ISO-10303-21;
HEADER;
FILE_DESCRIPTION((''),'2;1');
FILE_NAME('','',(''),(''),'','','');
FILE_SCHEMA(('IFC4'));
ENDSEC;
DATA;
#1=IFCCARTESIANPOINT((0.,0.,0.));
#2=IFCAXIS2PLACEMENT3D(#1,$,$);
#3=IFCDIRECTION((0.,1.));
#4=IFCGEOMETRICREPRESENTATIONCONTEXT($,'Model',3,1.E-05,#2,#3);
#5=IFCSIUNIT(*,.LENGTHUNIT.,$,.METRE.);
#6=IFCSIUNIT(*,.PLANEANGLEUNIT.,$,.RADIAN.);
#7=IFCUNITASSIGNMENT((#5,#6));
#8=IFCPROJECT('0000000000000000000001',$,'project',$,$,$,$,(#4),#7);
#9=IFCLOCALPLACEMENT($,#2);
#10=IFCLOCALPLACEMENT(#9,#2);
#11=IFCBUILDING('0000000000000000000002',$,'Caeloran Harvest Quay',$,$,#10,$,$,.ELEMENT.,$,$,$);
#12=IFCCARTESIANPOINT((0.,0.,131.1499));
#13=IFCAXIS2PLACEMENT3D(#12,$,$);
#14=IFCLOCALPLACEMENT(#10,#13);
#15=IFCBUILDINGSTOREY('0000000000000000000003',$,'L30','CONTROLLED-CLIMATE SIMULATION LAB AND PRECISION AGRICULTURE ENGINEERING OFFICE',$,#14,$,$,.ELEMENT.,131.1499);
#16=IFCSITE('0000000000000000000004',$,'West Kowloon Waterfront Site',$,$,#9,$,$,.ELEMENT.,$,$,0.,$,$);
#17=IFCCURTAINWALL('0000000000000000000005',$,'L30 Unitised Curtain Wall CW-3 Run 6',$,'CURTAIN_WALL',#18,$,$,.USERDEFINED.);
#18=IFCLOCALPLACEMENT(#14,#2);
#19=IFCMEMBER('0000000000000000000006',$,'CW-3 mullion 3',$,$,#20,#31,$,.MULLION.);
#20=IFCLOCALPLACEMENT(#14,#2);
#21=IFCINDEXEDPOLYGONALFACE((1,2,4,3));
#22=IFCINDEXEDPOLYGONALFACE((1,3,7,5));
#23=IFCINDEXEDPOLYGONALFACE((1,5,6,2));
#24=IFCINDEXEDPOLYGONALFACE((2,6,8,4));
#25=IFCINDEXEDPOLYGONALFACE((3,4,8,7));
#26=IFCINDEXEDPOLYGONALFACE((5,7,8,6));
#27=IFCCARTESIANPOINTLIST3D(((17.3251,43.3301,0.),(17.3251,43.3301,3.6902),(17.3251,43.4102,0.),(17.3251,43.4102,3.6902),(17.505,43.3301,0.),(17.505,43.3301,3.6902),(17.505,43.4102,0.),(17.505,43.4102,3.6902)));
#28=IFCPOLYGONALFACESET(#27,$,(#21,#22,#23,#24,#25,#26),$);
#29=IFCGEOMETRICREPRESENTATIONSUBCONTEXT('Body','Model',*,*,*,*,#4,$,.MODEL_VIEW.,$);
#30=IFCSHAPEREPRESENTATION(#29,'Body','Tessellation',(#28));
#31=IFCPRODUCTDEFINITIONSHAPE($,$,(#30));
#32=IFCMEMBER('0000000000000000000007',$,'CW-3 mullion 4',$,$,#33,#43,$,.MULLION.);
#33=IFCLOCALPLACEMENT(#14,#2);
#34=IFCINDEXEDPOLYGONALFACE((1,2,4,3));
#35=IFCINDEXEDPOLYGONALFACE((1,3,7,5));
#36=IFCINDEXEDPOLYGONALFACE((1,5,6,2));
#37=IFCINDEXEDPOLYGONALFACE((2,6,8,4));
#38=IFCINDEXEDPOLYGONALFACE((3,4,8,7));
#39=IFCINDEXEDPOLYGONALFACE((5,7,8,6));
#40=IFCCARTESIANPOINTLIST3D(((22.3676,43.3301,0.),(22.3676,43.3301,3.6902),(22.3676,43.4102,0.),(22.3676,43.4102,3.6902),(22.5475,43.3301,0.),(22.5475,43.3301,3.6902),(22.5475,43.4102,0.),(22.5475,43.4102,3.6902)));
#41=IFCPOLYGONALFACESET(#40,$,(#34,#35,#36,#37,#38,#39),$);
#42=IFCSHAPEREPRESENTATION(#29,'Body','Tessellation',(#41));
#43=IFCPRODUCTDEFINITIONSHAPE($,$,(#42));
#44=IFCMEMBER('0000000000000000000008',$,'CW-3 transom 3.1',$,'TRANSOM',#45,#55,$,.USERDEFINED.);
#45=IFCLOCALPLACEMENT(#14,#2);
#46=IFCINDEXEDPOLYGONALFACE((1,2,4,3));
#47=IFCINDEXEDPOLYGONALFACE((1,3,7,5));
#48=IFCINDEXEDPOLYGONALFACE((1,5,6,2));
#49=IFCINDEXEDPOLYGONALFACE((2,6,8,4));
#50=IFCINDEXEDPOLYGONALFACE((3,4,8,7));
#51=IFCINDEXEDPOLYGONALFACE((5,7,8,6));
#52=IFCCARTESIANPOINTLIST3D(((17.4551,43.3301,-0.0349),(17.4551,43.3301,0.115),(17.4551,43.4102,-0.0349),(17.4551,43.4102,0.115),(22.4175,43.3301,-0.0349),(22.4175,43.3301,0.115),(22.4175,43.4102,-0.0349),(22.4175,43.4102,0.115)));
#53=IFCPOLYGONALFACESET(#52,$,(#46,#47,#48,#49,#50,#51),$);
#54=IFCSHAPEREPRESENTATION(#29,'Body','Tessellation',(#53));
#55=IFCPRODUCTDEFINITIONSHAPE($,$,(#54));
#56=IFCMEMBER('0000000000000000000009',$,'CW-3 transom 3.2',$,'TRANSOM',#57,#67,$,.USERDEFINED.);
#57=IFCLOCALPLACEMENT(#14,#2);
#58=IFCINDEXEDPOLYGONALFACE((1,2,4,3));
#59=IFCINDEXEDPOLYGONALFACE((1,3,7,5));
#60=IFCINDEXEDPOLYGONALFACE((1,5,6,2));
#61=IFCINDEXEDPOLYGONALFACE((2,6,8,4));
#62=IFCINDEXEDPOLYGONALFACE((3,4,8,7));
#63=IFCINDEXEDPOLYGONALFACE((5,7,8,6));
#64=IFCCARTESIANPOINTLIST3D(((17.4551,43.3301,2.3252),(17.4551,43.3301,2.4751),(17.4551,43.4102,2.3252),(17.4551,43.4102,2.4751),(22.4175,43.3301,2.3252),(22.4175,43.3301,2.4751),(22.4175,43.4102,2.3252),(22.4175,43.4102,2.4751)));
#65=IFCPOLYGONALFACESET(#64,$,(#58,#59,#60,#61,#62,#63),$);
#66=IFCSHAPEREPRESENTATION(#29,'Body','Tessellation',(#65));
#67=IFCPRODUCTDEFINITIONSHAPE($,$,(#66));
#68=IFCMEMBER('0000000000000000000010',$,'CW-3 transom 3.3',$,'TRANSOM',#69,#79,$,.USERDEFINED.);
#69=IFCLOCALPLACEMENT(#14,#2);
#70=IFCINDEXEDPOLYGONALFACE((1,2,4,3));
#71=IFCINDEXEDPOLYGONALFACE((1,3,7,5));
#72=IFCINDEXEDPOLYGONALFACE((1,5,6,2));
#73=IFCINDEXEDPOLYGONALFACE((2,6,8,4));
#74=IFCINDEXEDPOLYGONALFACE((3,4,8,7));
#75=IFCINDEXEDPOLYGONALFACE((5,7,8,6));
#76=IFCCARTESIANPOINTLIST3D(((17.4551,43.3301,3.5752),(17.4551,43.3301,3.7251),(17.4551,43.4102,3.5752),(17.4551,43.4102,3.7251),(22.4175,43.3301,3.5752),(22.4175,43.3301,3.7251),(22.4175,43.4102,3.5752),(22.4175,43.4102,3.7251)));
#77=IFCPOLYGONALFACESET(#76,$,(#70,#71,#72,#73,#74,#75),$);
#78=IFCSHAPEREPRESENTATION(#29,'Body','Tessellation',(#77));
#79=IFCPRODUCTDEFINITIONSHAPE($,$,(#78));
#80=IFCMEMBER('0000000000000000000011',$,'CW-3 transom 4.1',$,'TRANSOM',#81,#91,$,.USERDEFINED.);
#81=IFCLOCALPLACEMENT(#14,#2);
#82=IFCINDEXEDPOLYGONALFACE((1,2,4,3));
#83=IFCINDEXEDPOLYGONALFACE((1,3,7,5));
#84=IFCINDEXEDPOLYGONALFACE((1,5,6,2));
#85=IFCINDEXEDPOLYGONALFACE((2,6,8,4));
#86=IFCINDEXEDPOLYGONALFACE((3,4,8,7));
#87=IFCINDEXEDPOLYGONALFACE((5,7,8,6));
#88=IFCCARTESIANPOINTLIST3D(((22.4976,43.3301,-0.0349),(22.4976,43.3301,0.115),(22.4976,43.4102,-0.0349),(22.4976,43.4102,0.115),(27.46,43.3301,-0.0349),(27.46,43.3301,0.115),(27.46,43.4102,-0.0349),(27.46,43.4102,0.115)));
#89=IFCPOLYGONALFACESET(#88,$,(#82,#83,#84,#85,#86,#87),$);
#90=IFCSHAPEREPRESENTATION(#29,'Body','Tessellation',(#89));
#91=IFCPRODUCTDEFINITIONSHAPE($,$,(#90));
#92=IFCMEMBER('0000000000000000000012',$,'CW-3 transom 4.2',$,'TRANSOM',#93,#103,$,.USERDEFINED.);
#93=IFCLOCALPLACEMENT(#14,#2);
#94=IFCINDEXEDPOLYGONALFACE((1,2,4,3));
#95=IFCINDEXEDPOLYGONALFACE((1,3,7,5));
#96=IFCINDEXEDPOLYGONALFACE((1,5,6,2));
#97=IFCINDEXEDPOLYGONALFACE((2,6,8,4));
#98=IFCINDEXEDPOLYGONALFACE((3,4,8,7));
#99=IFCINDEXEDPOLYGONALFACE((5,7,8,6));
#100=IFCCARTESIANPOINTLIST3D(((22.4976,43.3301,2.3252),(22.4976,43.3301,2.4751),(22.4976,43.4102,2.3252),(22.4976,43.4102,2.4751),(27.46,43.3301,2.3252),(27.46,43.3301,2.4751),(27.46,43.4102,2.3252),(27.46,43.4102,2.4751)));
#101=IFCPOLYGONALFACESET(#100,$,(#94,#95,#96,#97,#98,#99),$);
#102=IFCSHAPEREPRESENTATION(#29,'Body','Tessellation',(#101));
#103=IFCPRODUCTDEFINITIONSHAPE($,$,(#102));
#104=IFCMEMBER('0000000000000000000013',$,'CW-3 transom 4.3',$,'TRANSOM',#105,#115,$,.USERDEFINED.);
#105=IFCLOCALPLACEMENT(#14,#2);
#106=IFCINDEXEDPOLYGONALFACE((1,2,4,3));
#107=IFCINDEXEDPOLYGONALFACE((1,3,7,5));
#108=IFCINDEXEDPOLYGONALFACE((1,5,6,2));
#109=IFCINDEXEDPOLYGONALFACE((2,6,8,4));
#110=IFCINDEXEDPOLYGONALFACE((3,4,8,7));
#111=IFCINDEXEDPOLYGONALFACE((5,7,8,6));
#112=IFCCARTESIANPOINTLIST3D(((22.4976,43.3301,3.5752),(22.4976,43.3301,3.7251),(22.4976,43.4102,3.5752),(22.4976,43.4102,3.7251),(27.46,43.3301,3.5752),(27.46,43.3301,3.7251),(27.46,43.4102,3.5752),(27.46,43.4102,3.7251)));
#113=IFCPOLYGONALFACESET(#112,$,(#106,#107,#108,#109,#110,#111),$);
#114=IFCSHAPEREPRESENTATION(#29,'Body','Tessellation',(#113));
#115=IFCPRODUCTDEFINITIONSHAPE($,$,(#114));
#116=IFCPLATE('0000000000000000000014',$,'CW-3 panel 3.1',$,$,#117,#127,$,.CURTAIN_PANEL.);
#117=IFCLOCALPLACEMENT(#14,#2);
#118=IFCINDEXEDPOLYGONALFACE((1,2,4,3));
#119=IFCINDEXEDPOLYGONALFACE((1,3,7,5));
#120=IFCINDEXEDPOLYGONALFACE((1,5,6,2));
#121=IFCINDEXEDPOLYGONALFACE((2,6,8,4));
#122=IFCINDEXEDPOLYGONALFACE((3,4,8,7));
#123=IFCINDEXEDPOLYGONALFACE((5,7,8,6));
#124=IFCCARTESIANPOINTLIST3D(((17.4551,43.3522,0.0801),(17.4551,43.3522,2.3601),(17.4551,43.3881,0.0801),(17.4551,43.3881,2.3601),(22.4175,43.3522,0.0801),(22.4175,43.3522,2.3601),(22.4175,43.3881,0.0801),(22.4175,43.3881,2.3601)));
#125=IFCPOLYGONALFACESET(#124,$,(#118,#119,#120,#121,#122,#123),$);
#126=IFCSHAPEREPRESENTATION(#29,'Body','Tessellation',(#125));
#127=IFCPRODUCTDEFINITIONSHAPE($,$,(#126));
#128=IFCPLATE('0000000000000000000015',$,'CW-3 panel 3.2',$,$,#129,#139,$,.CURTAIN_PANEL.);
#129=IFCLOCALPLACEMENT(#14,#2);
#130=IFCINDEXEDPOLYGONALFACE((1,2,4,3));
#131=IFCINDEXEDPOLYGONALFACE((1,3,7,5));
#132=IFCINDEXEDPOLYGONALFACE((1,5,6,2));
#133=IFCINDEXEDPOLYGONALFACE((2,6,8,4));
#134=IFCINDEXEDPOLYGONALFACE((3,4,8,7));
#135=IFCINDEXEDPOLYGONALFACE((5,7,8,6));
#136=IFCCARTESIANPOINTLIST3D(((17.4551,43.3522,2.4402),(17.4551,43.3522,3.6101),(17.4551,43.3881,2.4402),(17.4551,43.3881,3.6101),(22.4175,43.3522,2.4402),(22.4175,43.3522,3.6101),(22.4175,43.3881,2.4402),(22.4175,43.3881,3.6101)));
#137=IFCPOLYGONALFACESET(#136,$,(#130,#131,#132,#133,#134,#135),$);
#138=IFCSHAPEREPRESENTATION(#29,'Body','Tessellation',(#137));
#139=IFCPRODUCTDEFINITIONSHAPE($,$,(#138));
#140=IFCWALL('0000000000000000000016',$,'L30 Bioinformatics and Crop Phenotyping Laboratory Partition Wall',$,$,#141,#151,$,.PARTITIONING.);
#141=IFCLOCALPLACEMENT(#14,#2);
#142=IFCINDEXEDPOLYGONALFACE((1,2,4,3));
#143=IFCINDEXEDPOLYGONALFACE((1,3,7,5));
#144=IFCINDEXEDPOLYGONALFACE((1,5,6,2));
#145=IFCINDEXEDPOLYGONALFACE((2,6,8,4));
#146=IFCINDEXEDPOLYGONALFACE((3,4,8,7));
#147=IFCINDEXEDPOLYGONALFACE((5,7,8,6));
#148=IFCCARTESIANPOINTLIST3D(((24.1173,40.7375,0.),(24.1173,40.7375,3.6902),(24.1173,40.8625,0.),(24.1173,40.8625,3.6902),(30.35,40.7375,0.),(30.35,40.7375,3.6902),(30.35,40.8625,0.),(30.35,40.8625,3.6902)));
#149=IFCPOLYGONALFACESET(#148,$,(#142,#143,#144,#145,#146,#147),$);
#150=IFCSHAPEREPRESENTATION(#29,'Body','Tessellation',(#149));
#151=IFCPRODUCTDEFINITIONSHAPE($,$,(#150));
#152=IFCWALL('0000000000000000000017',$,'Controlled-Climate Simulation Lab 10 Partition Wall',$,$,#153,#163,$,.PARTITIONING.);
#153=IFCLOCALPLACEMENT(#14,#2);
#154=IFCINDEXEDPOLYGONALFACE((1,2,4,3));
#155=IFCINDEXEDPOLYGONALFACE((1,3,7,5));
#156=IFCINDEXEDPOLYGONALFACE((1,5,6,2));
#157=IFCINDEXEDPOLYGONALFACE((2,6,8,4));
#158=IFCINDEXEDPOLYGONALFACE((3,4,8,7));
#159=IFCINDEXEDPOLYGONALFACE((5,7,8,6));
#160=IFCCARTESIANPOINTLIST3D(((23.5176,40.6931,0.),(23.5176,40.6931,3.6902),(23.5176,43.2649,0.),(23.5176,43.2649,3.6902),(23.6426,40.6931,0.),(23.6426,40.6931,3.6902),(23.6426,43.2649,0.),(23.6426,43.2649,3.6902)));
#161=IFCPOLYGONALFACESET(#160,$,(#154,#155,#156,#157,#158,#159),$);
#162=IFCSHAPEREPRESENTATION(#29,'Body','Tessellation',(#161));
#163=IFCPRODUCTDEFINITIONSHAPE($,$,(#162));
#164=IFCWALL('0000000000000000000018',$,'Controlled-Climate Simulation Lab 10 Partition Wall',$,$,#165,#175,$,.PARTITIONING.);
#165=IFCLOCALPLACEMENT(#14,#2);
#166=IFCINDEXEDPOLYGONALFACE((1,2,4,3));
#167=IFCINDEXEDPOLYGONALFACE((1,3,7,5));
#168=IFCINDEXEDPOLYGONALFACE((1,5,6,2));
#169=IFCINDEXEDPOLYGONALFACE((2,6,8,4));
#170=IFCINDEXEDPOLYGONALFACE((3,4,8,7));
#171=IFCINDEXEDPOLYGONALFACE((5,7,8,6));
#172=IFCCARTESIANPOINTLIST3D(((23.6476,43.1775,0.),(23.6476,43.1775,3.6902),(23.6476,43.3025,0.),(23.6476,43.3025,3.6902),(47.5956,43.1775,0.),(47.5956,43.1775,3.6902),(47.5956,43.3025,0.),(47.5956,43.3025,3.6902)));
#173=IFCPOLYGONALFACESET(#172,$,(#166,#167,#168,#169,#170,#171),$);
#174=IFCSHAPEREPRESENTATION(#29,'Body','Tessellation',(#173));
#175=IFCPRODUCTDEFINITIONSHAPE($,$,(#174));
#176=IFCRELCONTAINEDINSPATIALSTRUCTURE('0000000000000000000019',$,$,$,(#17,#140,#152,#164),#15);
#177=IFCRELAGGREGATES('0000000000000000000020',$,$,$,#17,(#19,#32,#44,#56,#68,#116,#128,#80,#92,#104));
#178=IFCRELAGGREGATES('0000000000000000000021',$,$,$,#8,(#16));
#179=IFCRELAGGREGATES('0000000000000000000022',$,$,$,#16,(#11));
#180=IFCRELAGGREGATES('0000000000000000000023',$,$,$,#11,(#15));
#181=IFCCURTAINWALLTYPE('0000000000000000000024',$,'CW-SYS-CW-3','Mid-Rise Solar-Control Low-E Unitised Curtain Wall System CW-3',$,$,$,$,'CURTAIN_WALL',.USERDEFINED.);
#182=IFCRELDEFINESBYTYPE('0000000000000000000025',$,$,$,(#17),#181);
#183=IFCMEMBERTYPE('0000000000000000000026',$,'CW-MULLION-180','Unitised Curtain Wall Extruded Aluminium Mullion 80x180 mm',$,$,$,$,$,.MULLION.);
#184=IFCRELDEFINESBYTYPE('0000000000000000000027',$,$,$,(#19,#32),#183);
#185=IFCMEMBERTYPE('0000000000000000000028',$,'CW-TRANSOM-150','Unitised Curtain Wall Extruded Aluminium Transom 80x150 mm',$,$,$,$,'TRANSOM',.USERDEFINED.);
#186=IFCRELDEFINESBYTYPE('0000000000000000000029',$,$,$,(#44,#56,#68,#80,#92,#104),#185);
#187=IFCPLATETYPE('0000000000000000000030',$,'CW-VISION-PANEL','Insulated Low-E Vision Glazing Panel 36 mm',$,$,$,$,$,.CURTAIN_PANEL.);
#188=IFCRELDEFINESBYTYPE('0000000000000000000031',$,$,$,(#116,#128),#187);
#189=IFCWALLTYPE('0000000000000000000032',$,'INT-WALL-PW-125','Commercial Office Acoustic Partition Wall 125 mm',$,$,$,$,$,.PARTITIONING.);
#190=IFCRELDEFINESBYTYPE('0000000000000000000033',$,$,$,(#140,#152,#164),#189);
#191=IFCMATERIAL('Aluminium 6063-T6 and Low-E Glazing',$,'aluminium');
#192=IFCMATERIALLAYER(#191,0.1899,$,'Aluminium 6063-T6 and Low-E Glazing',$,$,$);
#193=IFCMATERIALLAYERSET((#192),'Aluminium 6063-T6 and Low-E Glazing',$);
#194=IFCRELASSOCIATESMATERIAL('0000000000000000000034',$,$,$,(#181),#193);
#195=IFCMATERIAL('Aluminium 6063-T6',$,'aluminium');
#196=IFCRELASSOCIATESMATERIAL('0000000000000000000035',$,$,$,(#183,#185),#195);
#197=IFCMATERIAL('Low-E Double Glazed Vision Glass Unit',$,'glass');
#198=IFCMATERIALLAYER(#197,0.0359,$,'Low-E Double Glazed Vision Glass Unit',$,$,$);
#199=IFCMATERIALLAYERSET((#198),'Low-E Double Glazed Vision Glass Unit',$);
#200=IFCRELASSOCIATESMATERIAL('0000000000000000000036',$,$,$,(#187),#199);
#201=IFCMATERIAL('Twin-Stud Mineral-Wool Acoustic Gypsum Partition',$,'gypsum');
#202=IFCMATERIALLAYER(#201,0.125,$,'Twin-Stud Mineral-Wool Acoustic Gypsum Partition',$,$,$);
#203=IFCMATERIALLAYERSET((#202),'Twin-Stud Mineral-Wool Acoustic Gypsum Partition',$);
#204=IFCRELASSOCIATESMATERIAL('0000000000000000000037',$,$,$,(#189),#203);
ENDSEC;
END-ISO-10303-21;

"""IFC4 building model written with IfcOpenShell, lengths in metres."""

from ifc_helpers import new_model, si_unit, direction, frame, frame_2d, origin, origin_2d, place, context, subcontext, project, spatial, rectangle, extrude, material, layer, layer_set, material_profile, profile_set, type_object, element, aggregate, save


model = new_model("IFC4")

# Units and contexts
model_context = context("Model", 3, precision=1e-05, world=origin(), true_north=direction((0.0, 1.0)))
body_context = subcontext(model_context, "Body", "Model", "MODEL_VIEW")
ifc_project = project(units=[si_unit("LENGTHUNIT", "METRE"), si_unit("PLANEANGLEUNIT", "RADIAN")], contexts=[model_context])

# Site, building, storey
site_placement = place(None, origin())
site = spatial("IfcSite", under=ifc_project, at=site_placement, Name="West Kowloon Waterfront Site", CompositionType="ELEMENT", RefElevation=0.0)
building_placement = place(site_placement, origin())
building = spatial("IfcBuilding", under=site, at=building_placement, Name="Caeloran Harvest Quay", CompositionType="ELEMENT")
storey_placement = place(building_placement, frame((0.0, 0.0, 131.1499)))
storey = spatial("IfcBuildingStorey", under=building, at=storey_placement, Name="L30", Description="CONTROLLED-CLIMATE SIMULATION LAB AND PRECISION AGRICULTURE ENGINEERING OFFICE", CompositionType="ELEMENT", Elevation=131.1499)

# Curtain wall, members, plates
ifc_material_1 = material(Name="Aluminium 6063-T6 and Low-E Glazing", Category="aluminium")
ifc_layer_1 = layer(ifc_material_1, 0.1899, Name="Aluminium 6063-T6 and Low-E Glazing")
ifc_layer_set_1 = layer_set([ifc_layer_1], Name="Aluminium 6063-T6 and Low-E Glazing")
curtain_wall_type = type_object("IfcCurtainWallType", Name="CW-SYS-CW-3", Description="Mid-Rise Solar-Control Low-E Unitised Curtain Wall System CW-3", ElementType="CURTAIN_WALL", PredefinedType="USERDEFINED", material=ifc_layer_set_1)
curtain_wall_placement = place(storey_placement, origin())
curtain_wall = element("IfcCurtainWall", 1, at=curtain_wall_placement, inside=storey, type_object=curtain_wall_type, Name="L30 Unitised Curtain Wall CW-3 Run 6", ObjectType="CURTAIN_WALL", PredefinedType="USERDEFINED")
ifc_material_2 = material(Name="Aluminium 6063-T6", Category="aluminium")
ifc_material_profile_1 = material_profile(ifc_material_2, rectangle(XDim=0.0801, YDim=0.1799, at=origin_2d()), Name="CW-MULLION-180")
ifc_profile_set_1 = profile_set([ifc_material_profile_1], Name="Aluminium 6063-T6")
member_type_1 = type_object("IfcMemberType", Name="CW-MULLION-180", Description="Unitised Curtain Wall Extruded Aluminium Mullion 80x180 mm", PredefinedType="MULLION", material=ifc_profile_set_1)
member_1_placement = place(storey_placement, frame((17.415, 43.3701, 0.0), z_axis=(0.0, 0.0, 1.0), x_axis=(0.0, 1.0, 0.0)))
member_1 = element("IfcMember", 2, at=member_1_placement, type_object=member_type_1, Name="CW-3 mullion 3", PredefinedType="MULLION", context=body_context, shape_type="SweptSolid", body=[
    extrude(rectangle(XDim=0.0801, YDim=0.1799, at=origin_2d()), origin(), (0.0, 0.0, 1.0), 3.6902),
])
member_2_placement = place(storey_placement, frame((22.4575, 43.3701, 0.0), z_axis=(0.0, 0.0, 1.0), x_axis=(0.0, 1.0, 0.0)))
member_2 = element("IfcMember", 3, at=member_2_placement, type_object=member_type_1, Name="CW-3 mullion 4", PredefinedType="MULLION", context=body_context, shape_type="SweptSolid", body=[
    extrude(rectangle(XDim=0.0801, YDim=0.1799, at=origin_2d()), origin(), (0.0, 0.0, 1.0), 3.6902),
])
ifc_material_profile_2 = material_profile(ifc_material_2, rectangle(XDim=0.0801, YDim=0.1499, at=origin_2d()), Name="CW-TRANSOM-150")
ifc_profile_set_2 = profile_set([ifc_material_profile_2], Name="Aluminium 6063-T6")
member_type_2 = type_object("IfcMemberType", Name="CW-TRANSOM-150", Description="Unitised Curtain Wall Extruded Aluminium Transom 80x150 mm", ElementType="TRANSOM", PredefinedType="USERDEFINED", material=ifc_profile_set_2)
member_3_placement = place(storey_placement, frame((17.4551, 43.3701, 0.04), z_axis=(1.0, 0.0, 0.0), x_axis=(0.0, 1.0, 0.0)))
member_3 = element("IfcMember", 4, at=member_3_placement, type_object=member_type_2, Name="CW-3 transom 3.1", ObjectType="TRANSOM", PredefinedType="USERDEFINED", context=body_context, shape_type="SweptSolid", body=[
    extrude(rectangle(XDim=0.0801, YDim=0.1499, at=origin_2d()), origin(), (0.0, 0.0, 1.0), 4.9624),
])
member_4_placement = place(storey_placement, frame((17.4551, 43.3701, 2.4001), z_axis=(1.0, 0.0, 0.0), x_axis=(0.0, 1.0, 0.0)))
member_4 = element("IfcMember", 5, at=member_4_placement, type_object=member_type_2, Name="CW-3 transom 3.2", ObjectType="TRANSOM", PredefinedType="USERDEFINED", context=body_context, shape_type="SweptSolid", body=[
    extrude(rectangle(XDim=0.0801, YDim=0.1499, at=origin_2d()), origin(), (0.0, 0.0, 1.0), 4.9624),
])
member_5_placement = place(storey_placement, frame((17.4551, 43.3701, 3.6501), z_axis=(1.0, 0.0, 0.0), x_axis=(0.0, 1.0, 0.0)))
member_5 = element("IfcMember", 6, at=member_5_placement, type_object=member_type_2, Name="CW-3 transom 3.3", ObjectType="TRANSOM", PredefinedType="USERDEFINED", context=body_context, shape_type="SweptSolid", body=[
    extrude(rectangle(XDim=0.0801, YDim=0.1499, at=origin_2d()), origin(), (0.0, 0.0, 1.0), 4.9624),
])
member_6_placement = place(storey_placement, frame((22.4976, 43.3701, 0.04), z_axis=(1.0, 0.0, 0.0), x_axis=(0.0, 1.0, 0.0)))
member_6 = element("IfcMember", 7, at=member_6_placement, type_object=member_type_2, Name="CW-3 transom 4.1", ObjectType="TRANSOM", PredefinedType="USERDEFINED", context=body_context, shape_type="SweptSolid", body=[
    extrude(rectangle(XDim=0.0801, YDim=0.1499, at=origin_2d()), origin(), (0.0, 0.0, 1.0), 4.9624),
])
member_7_placement = place(storey_placement, frame((22.4976, 43.3701, 2.4001), z_axis=(1.0, 0.0, 0.0), x_axis=(0.0, 1.0, 0.0)))
member_7 = element("IfcMember", 8, at=member_7_placement, type_object=member_type_2, Name="CW-3 transom 4.2", ObjectType="TRANSOM", PredefinedType="USERDEFINED", context=body_context, shape_type="SweptSolid", body=[
    extrude(rectangle(XDim=0.0801, YDim=0.1499, at=origin_2d()), origin(), (0.0, 0.0, 1.0), 4.9624),
])
member_8_placement = place(storey_placement, frame((22.4976, 43.3701, 3.6501), z_axis=(1.0, 0.0, 0.0), x_axis=(0.0, 1.0, 0.0)))
member_8 = element("IfcMember", 9, at=member_8_placement, type_object=member_type_2, Name="CW-3 transom 4.3", ObjectType="TRANSOM", PredefinedType="USERDEFINED", context=body_context, shape_type="SweptSolid", body=[
    extrude(rectangle(XDim=0.0801, YDim=0.1499, at=origin_2d()), origin(), (0.0, 0.0, 1.0), 4.9624),
])
ifc_material_3 = material(Name="Low-E Double Glazed Vision Glass Unit", Category="glass")
ifc_layer_2 = layer(ifc_material_3, 0.0359, Name="Low-E Double Glazed Vision Glass Unit")
ifc_layer_set_2 = layer_set([ifc_layer_2], Name="Low-E Double Glazed Vision Glass Unit")
plate_type = type_object("IfcPlateType", Name="CW-VISION-PANEL", Description="Insulated Low-E Vision Glazing Panel 36 mm", PredefinedType="CURTAIN_PANEL", material=ifc_layer_set_2)
plate_1_placement = place(storey_placement, frame((19.9363, 43.3701, 0.0801), z_axis=(0.0, 0.0, 1.0), x_axis=(1.0, 0.0, 0.0)))
plate_1 = element("IfcPlate", 10, at=plate_1_placement, type_object=plate_type, Name="CW-3 panel 3.1", PredefinedType="CURTAIN_PANEL", context=body_context, shape_type="SweptSolid", body=[
    extrude(rectangle(XDim=4.9624, YDim=0.0359, at=origin_2d()), origin(), (0.0, 0.0, 1.0), 2.28),
])
plate_2_placement = place(storey_placement, frame((19.9363, 43.3701, 2.4402), z_axis=(0.0, 0.0, 1.0), x_axis=(1.0, 0.0, 0.0)))
plate_2 = element("IfcPlate", 11, at=plate_2_placement, type_object=plate_type, Name="CW-3 panel 3.2", PredefinedType="CURTAIN_PANEL", context=body_context, shape_type="SweptSolid", body=[
    extrude(rectangle(XDim=4.9624, YDim=0.0359, at=origin_2d()), origin(), (0.0, 0.0, 1.0), 1.1699),
])
aggregate(curtain_wall, [member_1, member_2, member_3, member_4, member_5, plate_1, plate_2, member_6, member_7, member_8])

# Walls
ifc_material_4 = material(Name="Twin-Stud Mineral-Wool Acoustic Gypsum Partition", Category="gypsum")
ifc_layer_3 = layer(ifc_material_4, 0.125, Name="Twin-Stud Mineral-Wool Acoustic Gypsum Partition")
ifc_layer_set_3 = layer_set([ifc_layer_3], Name="Twin-Stud Mineral-Wool Acoustic Gypsum Partition")
wall_type = type_object("IfcWallType", Name="INT-WALL-PW-125", Description="Commercial Office Acoustic Partition Wall 125 mm", PredefinedType="PARTITIONING", material=ifc_layer_set_3)
wall_1_placement = place(storey_placement, frame((24.1174, 40.8, 0.0), z_axis=(0.0, 0.0, 1.0), x_axis=(1.0, 0.0, 0.0)))
element("IfcWall", 12, at=wall_1_placement, inside=storey, type_object=wall_type, Name="L30 Bioinformatics and Crop Phenotyping Laboratory Partition Wall", PredefinedType="PARTITIONING", context=body_context, shape_type="SweptSolid", body=[
    extrude(rectangle(XDim=6.2327, YDim=0.125, at=frame_2d((3.1162, 0.0))), origin(), (0.0, 0.0, 1.0), 3.6902),
])
wall_2_placement = place(storey_placement, frame((23.5801, 40.6931, 0.0), z_axis=(0.0, 0.0, 1.0), x_axis=(0.0, 1.0, 0.0)))
element("IfcWall", 13, at=wall_2_placement, inside=storey, type_object=wall_type, Name="Controlled-Climate Simulation Lab 10 Partition Wall", PredefinedType="PARTITIONING", context=body_context, shape_type="SweptSolid", body=[
    extrude(rectangle(XDim=2.5718, YDim=0.125, at=frame_2d((1.2859, 0.0))), origin(), (0.0, 0.0, 1.0), 3.6902),
])
wall_3_placement = place(storey_placement, frame((23.6475, 43.24, 0.0), z_axis=(0.0, 0.0, 1.0), x_axis=(1.0, 0.0, 0.0)))
element("IfcWall", 14, at=wall_3_placement, inside=storey, type_object=wall_type, Name="Controlled-Climate Simulation Lab 10 Partition Wall", PredefinedType="PARTITIONING", context=body_context, shape_type="SweptSolid", body=[
    extrude(rectangle(XDim=23.948, YDim=0.125, at=frame_2d((11.9741, 0.0))), origin(), (0.0, 0.0, 1.0), 3.6902),
])

save(model, "model.ifc")
